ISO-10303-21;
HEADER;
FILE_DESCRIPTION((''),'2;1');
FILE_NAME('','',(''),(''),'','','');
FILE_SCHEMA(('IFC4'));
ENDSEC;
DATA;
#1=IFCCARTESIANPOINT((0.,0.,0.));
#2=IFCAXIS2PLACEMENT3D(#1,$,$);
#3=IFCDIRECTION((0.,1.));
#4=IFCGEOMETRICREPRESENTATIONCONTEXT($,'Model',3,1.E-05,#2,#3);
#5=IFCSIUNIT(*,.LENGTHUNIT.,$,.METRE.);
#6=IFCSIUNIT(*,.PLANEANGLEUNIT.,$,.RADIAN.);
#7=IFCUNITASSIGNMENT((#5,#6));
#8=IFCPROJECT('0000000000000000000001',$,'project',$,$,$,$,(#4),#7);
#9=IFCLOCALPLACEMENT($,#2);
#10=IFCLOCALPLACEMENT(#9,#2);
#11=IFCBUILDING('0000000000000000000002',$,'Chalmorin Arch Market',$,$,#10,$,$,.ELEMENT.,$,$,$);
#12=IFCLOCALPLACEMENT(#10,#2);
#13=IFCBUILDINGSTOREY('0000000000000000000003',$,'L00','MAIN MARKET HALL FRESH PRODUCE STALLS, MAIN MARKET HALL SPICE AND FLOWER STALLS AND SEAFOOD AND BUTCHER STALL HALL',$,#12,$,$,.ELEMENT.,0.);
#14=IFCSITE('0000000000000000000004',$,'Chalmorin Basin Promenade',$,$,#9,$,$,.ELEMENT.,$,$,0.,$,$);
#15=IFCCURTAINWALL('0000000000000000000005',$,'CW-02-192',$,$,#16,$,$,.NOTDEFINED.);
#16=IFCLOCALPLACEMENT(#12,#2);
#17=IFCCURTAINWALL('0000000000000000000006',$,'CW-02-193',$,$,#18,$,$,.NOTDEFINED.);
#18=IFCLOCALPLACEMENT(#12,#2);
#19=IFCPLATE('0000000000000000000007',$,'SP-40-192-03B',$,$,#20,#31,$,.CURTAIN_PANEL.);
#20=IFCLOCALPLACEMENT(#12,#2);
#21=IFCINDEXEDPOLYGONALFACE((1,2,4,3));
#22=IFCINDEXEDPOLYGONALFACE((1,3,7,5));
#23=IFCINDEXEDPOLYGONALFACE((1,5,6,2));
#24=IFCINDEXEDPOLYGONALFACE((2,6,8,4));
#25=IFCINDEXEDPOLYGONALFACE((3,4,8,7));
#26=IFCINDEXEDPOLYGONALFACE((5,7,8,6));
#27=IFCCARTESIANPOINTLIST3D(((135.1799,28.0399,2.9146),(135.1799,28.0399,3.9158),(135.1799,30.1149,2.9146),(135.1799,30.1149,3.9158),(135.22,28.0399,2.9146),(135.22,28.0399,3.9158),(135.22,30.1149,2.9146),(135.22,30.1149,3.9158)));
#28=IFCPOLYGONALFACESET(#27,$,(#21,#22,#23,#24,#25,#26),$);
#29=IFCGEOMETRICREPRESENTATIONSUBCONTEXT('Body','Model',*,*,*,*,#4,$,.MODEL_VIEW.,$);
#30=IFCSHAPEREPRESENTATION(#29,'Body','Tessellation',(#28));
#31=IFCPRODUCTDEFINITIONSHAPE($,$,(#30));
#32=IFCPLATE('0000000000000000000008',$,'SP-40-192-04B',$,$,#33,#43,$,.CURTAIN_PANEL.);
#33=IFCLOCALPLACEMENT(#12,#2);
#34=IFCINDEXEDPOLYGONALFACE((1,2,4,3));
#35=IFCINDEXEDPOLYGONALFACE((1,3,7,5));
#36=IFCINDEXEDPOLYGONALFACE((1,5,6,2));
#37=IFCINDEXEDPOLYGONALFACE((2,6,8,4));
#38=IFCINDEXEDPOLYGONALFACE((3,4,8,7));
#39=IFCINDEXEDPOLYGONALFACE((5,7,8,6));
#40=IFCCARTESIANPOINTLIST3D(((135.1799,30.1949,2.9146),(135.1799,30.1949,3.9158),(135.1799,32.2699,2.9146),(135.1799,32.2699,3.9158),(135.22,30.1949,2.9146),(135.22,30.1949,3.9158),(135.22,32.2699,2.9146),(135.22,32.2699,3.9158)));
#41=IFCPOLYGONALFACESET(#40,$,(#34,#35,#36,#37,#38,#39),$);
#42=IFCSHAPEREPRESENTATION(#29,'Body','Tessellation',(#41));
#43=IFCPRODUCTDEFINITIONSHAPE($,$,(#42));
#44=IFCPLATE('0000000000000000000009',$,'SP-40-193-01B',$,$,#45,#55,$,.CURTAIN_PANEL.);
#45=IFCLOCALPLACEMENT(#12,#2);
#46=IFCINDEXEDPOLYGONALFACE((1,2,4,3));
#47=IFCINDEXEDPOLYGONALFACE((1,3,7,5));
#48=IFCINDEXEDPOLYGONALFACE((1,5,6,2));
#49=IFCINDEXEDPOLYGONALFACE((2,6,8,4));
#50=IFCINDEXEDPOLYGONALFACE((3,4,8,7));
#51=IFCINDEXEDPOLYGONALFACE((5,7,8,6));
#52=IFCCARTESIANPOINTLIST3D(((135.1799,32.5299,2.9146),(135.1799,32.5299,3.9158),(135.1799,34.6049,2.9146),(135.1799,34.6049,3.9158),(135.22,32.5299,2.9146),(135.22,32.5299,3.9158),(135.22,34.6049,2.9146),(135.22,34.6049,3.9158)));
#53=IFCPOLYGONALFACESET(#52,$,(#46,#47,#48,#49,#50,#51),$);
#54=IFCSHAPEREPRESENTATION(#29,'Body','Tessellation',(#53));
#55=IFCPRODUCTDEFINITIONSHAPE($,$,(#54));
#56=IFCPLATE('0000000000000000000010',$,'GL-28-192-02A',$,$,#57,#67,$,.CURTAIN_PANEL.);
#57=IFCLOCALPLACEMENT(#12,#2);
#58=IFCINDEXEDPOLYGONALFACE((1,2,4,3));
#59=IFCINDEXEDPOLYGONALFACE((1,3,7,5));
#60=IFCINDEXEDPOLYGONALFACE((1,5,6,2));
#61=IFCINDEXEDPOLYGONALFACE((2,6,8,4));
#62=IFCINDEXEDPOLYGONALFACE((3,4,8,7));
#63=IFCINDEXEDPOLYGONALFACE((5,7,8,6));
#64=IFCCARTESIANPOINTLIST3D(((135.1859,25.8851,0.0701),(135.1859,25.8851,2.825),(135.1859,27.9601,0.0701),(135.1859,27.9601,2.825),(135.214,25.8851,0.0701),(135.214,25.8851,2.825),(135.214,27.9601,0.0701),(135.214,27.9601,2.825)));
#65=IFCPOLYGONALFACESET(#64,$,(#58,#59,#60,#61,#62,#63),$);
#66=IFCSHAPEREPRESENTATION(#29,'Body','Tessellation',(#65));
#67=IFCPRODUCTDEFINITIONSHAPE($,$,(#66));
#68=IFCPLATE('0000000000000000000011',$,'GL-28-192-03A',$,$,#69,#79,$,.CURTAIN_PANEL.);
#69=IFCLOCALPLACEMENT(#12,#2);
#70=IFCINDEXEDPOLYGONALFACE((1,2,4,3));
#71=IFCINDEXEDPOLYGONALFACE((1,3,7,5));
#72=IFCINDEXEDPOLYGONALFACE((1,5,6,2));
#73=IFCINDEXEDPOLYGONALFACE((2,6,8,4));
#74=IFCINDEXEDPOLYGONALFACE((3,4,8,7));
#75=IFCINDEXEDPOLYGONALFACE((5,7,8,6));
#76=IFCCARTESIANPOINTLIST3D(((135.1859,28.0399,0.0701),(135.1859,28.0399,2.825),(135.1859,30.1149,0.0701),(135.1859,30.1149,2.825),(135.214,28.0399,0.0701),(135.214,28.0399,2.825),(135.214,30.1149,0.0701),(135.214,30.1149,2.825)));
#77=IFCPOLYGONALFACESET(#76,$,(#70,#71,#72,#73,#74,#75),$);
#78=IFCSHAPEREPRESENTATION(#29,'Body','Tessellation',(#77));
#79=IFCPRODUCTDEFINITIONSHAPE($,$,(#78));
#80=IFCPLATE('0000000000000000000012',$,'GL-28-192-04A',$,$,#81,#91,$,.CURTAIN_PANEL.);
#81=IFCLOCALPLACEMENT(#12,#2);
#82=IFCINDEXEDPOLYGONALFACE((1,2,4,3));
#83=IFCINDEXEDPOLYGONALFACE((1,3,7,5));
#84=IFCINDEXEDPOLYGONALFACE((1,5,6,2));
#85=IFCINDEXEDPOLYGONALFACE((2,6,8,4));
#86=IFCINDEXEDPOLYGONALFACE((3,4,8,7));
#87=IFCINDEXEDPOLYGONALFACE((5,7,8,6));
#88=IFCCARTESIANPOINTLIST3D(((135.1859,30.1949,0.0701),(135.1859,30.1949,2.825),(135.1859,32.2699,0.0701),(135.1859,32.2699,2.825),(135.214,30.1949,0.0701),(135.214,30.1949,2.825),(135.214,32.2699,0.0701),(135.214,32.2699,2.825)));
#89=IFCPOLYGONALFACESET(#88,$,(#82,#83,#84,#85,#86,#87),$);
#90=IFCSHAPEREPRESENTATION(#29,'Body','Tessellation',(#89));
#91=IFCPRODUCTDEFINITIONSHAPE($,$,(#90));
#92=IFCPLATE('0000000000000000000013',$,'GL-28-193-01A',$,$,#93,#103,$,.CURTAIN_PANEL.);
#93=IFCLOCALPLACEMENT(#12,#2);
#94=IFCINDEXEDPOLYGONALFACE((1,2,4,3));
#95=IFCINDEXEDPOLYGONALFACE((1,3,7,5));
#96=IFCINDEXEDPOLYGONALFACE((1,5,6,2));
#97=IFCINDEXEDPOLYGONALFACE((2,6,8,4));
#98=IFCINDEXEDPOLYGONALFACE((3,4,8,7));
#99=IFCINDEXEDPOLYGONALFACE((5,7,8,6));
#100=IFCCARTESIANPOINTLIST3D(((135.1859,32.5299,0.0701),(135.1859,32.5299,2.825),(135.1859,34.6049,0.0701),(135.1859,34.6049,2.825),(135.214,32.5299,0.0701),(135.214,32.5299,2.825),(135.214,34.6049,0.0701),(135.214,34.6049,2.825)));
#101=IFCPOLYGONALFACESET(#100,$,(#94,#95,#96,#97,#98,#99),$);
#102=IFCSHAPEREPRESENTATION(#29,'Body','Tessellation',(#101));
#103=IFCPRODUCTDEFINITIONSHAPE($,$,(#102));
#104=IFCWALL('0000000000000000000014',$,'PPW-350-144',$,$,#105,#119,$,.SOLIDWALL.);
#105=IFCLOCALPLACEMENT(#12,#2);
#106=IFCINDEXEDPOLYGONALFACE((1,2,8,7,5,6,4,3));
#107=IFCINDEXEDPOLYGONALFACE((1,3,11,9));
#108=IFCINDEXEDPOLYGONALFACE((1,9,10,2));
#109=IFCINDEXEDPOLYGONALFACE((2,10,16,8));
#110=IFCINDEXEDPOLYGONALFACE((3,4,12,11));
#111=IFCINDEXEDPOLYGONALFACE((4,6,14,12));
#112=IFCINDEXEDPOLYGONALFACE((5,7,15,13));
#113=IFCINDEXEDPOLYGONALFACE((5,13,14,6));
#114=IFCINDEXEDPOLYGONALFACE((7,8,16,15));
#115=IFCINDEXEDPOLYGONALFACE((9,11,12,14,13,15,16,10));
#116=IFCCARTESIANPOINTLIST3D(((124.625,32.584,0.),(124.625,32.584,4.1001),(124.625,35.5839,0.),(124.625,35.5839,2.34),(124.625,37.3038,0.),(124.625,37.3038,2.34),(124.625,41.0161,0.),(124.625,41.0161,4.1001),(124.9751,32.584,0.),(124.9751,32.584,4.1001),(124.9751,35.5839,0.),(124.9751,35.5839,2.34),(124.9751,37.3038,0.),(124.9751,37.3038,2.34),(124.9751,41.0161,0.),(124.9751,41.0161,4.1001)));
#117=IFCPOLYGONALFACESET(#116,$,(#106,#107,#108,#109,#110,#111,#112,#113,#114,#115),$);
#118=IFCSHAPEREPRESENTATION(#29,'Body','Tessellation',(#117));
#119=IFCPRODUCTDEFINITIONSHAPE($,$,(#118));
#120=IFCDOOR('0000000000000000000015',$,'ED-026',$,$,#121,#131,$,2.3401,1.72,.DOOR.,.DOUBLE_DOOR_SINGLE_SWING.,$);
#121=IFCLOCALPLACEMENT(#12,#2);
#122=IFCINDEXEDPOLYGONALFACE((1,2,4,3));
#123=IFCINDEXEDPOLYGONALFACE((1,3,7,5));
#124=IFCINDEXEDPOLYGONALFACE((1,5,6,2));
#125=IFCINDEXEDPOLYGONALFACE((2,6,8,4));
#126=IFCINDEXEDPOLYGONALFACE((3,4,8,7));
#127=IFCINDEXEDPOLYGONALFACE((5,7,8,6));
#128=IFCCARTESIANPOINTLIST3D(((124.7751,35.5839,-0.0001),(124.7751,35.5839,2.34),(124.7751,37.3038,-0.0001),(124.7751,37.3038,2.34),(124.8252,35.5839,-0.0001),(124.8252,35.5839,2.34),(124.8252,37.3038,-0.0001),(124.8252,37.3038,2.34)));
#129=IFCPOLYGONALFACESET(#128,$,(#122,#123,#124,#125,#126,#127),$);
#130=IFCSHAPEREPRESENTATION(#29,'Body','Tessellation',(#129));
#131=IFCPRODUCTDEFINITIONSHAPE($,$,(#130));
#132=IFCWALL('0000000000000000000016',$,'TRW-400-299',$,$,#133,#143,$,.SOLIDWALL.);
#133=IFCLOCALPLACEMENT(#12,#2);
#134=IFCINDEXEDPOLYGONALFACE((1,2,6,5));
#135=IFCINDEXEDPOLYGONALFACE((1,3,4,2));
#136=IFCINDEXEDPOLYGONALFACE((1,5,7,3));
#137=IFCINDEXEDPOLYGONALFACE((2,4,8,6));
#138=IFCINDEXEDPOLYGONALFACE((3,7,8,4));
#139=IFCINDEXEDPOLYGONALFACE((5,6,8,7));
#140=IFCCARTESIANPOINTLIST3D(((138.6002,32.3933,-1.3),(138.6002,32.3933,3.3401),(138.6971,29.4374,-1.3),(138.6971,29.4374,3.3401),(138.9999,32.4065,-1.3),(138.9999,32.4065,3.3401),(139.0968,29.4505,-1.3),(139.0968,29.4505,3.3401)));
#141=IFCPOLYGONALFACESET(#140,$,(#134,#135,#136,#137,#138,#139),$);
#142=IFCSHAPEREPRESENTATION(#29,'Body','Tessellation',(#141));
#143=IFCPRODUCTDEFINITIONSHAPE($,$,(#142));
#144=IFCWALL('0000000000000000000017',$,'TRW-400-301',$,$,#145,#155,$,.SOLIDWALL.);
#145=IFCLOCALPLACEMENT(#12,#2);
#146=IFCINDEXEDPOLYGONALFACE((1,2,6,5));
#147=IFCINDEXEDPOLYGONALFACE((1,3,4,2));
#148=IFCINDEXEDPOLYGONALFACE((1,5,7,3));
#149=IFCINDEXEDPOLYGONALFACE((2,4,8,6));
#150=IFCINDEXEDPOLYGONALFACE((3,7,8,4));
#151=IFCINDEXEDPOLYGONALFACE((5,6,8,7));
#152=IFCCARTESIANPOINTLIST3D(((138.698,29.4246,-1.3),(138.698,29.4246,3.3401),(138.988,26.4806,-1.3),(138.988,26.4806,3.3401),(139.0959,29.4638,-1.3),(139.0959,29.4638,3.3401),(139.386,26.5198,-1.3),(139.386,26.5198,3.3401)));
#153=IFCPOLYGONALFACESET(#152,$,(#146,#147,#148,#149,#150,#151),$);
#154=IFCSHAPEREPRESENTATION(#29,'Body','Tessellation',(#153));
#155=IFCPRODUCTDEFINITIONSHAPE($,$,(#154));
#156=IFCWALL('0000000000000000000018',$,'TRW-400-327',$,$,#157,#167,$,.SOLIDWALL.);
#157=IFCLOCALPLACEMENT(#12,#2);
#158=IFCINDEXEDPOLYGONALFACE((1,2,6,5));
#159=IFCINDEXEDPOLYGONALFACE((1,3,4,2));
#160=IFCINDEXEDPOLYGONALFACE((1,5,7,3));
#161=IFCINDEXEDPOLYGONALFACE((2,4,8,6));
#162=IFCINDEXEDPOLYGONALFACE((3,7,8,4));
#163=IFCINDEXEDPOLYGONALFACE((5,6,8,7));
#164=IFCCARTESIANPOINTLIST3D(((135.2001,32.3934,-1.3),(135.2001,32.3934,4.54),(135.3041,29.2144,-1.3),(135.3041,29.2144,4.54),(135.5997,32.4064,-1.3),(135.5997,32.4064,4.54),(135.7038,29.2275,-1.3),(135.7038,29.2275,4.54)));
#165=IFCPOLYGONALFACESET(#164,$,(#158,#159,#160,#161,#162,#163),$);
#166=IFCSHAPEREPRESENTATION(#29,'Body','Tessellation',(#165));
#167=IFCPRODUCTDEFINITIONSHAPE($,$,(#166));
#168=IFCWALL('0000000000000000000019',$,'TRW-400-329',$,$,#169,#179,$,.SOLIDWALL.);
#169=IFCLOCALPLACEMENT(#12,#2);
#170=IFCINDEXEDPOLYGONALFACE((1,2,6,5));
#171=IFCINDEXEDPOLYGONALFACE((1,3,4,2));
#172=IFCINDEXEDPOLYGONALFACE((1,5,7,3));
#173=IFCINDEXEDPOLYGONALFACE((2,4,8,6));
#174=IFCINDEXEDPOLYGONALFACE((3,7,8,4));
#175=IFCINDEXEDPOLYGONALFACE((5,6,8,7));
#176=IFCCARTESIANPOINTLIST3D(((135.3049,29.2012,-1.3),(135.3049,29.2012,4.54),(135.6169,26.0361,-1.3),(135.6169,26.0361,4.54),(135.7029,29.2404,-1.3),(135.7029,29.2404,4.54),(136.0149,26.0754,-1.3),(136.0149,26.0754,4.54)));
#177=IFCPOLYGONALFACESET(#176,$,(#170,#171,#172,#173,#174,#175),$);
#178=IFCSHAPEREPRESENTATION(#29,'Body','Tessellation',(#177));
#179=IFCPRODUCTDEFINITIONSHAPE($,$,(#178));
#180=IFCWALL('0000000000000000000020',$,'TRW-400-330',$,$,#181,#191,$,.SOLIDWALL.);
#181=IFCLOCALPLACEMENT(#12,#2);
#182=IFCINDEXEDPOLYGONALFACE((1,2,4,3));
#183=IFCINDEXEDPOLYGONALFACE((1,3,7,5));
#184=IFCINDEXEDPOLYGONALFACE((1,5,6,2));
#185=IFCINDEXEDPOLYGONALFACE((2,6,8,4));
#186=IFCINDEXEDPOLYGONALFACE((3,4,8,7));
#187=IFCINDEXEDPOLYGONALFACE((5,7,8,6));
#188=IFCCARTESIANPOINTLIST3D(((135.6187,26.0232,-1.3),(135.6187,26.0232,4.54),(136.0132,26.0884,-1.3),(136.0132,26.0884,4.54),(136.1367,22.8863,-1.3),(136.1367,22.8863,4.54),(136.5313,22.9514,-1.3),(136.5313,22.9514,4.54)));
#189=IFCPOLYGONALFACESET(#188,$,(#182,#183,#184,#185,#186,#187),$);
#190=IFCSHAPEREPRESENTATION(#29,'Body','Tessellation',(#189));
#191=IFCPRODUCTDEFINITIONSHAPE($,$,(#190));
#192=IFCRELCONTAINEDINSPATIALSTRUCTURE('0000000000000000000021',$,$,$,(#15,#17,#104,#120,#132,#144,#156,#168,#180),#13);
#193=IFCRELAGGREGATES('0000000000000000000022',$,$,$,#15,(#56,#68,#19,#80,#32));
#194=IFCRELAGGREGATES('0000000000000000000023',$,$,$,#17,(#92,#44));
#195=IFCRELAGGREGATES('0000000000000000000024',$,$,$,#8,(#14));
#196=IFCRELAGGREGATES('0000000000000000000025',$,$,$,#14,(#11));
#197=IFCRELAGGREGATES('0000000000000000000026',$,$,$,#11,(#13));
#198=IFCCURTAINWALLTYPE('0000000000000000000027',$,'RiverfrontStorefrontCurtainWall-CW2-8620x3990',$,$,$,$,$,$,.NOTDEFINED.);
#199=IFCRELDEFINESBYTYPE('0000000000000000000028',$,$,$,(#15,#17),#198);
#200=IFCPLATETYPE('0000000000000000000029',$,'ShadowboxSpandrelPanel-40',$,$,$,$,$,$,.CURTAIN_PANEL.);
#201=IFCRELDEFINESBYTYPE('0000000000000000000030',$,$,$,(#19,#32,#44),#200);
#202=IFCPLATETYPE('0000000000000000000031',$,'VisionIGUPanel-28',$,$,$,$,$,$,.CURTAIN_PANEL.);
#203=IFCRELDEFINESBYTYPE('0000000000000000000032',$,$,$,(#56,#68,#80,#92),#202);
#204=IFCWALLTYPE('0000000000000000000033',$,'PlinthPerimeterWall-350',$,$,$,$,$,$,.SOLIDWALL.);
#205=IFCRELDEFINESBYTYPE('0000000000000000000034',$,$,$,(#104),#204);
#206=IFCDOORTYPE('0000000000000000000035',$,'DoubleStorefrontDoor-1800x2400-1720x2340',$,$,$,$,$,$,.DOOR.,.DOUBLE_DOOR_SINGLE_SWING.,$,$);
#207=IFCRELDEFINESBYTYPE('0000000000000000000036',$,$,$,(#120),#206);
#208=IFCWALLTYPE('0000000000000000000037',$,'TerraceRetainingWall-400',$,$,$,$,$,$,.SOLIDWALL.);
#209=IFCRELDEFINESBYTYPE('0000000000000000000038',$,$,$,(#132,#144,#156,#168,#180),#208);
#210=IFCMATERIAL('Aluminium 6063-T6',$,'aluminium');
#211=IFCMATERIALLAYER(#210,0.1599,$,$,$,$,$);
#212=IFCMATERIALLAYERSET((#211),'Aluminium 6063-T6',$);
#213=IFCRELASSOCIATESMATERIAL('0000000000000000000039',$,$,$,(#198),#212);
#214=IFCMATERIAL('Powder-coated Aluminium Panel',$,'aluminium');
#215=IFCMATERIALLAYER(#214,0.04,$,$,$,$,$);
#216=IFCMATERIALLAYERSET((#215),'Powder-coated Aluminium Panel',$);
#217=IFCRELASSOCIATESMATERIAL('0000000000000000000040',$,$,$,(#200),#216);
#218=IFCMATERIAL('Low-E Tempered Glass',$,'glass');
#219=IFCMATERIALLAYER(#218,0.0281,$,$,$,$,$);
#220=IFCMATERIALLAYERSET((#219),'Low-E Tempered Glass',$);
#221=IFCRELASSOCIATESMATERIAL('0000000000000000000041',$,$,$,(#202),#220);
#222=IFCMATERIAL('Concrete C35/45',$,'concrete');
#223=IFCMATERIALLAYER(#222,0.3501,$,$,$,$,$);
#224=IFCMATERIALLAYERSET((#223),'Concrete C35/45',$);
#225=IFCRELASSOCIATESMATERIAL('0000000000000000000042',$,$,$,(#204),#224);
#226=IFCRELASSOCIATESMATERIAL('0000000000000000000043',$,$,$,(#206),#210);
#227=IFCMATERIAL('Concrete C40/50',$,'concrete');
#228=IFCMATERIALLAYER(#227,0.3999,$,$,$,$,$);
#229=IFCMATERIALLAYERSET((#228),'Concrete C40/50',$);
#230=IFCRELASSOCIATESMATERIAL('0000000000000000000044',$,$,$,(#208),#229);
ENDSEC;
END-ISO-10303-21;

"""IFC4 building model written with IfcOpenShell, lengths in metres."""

from ifc_helpers import new_model, si_unit, direction, frame, frame_2d, origin, origin_2d, place, context, subcontext, project, spatial, rectangle, extrude, material, layer, layer_set, type_object, element, fill, aggregate, save


model = new_model("IFC4")

# Units and contexts
model_context = context("Model", 3, precision=1e-05, world=origin(), true_north=direction((0.0, 1.0)))
body_context = subcontext(model_context, "Body", "Model", "MODEL_VIEW")
ifc_project = project(units=[si_unit("LENGTHUNIT", "METRE"), si_unit("PLANEANGLEUNIT", "RADIAN")], contexts=[model_context])

# Site, building, storey
site_placement = place(None, origin())
site = spatial("IfcSite", under=ifc_project, at=site_placement, Name="Chalmorin Basin Promenade", CompositionType="ELEMENT", RefElevation=0.0)
building_placement = place(site_placement, origin())
building = spatial("IfcBuilding", under=site, at=building_placement, Name="Chalmorin Arch Market", CompositionType="ELEMENT")
storey_placement = place(building_placement, origin())
storey = spatial("IfcBuildingStorey", under=building, at=storey_placement, Name="L00", Description="MAIN MARKET HALL FRESH PRODUCE STALLS, MAIN MARKET HALL SPICE AND FLOWER STALLS AND SEAFOOD AND BUTCHER STALL HALL", CompositionType="ELEMENT", Elevation=0.0)

# Shared definitions
ifc_material_1 = material(Name="Concrete C40/50", Category="concrete")

# Curtain walls
ifc_material_2 = material(Name="Aluminium 6063-T6", Category="aluminium")
ifc_layer_1 = layer(ifc_material_2, 0.1599)
ifc_layer_set_1 = layer_set([ifc_layer_1], Name="Aluminium 6063-T6")
curtain_wall_type = type_object("IfcCurtainWallType", Name="RiverfrontStorefrontCurtainWall-CW2-8620x3990", PredefinedType="NOTDEFINED", material=ifc_layer_set_1)
curtain_wall_1_placement = place(storey_placement, origin())
curtain_wall_1 = element("IfcCurtainWall", 1, at=curtain_wall_1_placement, inside=storey, type_object=curtain_wall_type, Name="CW-02-192", PredefinedType="NOTDEFINED")
curtain_wall_2_placement = place(storey_placement, origin())
curtain_wall_2 = element("IfcCurtainWall", 2, at=curtain_wall_2_placement, inside=storey, type_object=curtain_wall_type, Name="CW-02-193", PredefinedType="NOTDEFINED")

# Plates
ifc_material_3 = material(Name="Powder-coated Aluminium Panel", Category="aluminium")
ifc_layer_2 = layer(ifc_material_3, 0.04)
ifc_layer_set_2 = layer_set([ifc_layer_2], Name="Powder-coated Aluminium Panel")
plate_type_1 = type_object("IfcPlateType", Name="ShadowboxSpandrelPanel-40", PredefinedType="CURTAIN_PANEL", material=ifc_layer_set_2)
plate_1_placement = place(storey_placement, frame((135.2, 29.0774, 2.9146), z_axis=(0.0, 0.0, 1.0), x_axis=(0.0, 1.0, 0.0)))
plate_1 = element("IfcPlate", 3, at=plate_1_placement, type_object=plate_type_1, Name="SP-40-192-03B", PredefinedType="CURTAIN_PANEL", context=body_context, shape_type="SweptSolid", body=[
    extrude(rectangle(XDim=2.075, YDim=0.04, at=origin_2d()), origin(), (0.0, 0.0, 1.0), 1.0012),
])
plate_2_placement = place(storey_placement, frame((135.2, 31.2324, 2.9146), z_axis=(0.0, 0.0, 1.0), x_axis=(0.0, 1.0, 0.0)))
plate_2 = element("IfcPlate", 4, at=plate_2_placement, type_object=plate_type_1, Name="SP-40-192-04B", PredefinedType="CURTAIN_PANEL", context=body_context, shape_type="SweptSolid", body=[
    extrude(rectangle(XDim=2.075, YDim=0.04, at=origin_2d()), origin(), (0.0, 0.0, 1.0), 1.0012),
])
plate_3_placement = place(storey_placement, frame((135.2, 33.5674, 2.9146), z_axis=(0.0, 0.0, 1.0), x_axis=(0.0, 1.0, 0.0)))
plate_3 = element("IfcPlate", 5, at=plate_3_placement, type_object=plate_type_1, Name="SP-40-193-01B", PredefinedType="CURTAIN_PANEL", context=body_context, shape_type="SweptSolid", body=[
    extrude(rectangle(XDim=2.075, YDim=0.04, at=origin_2d()), origin(), (0.0, 0.0, 1.0), 1.0012),
])
ifc_material_4 = material(Name="Low-E Tempered Glass", Category="glass")
ifc_layer_3 = layer(ifc_material_4, 0.0281)
ifc_layer_set_3 = layer_set([ifc_layer_3], Name="Low-E Tempered Glass")
plate_type_2 = type_object("IfcPlateType", Name="VisionIGUPanel-28", PredefinedType="CURTAIN_PANEL", material=ifc_layer_set_3)
plate_4_placement = place(storey_placement, frame((135.2, 26.9226, 0.0701), z_axis=(0.0, 0.0, 1.0), x_axis=(0.0, 1.0, 0.0)))
plate_4 = element("IfcPlate", 6, at=plate_4_placement, type_object=plate_type_2, Name="GL-28-192-02A", PredefinedType="CURTAIN_PANEL", context=body_context, shape_type="SweptSolid", body=[
    extrude(rectangle(XDim=2.075, YDim=0.0281, at=origin_2d()), origin(), (0.0, 0.0, 1.0), 2.7549),
])
plate_5_placement = place(storey_placement, frame((135.2, 29.0774, 0.0701), z_axis=(0.0, 0.0, 1.0), x_axis=(0.0, 1.0, 0.0)))
plate_5 = element("IfcPlate", 7, at=plate_5_placement, type_object=plate_type_2, Name="GL-28-192-03A", PredefinedType="CURTAIN_PANEL", context=body_context, shape_type="SweptSolid", body=[
    extrude(rectangle(XDim=2.075, YDim=0.0281, at=origin_2d()), origin(), (0.0, 0.0, 1.0), 2.7549),
])
plate_6_placement = place(storey_placement, frame((135.2, 31.2324, 0.0701), z_axis=(0.0, 0.0, 1.0), x_axis=(0.0, 1.0, 0.0)))
plate_6 = element("IfcPlate", 8, at=plate_6_placement, type_object=plate_type_2, Name="GL-28-192-04A", PredefinedType="CURTAIN_PANEL", context=body_context, shape_type="SweptSolid", body=[
    extrude(rectangle(XDim=2.075, YDim=0.0281, at=origin_2d()), origin(), (0.0, 0.0, 1.0), 2.7549),
])
aggregate(curtain_wall_1, [plate_4, plate_5, plate_1, plate_6, plate_2])
plate_7_placement = place(storey_placement, frame((135.2, 33.5674, 0.0701), z_axis=(0.0, 0.0, 1.0), x_axis=(0.0, 1.0, 0.0)))
plate_7 = element("IfcPlate", 9, at=plate_7_placement, type_object=plate_type_2, Name="GL-28-193-01A", PredefinedType="CURTAIN_PANEL", context=body_context, shape_type="SweptSolid", body=[
    extrude(rectangle(XDim=2.075, YDim=0.0281, at=origin_2d()), origin(), (0.0, 0.0, 1.0), 2.7549),
])
aggregate(curtain_wall_2, [plate_7, plate_3])

# Wall, opening, door
ifc_material_5 = material(Name="Concrete C35/45", Category="concrete")
ifc_layer_4 = layer(ifc_material_5, 0.3501)
ifc_layer_set_4 = layer_set([ifc_layer_4], Name="Concrete C35/45")
wall_type_1 = type_object("IfcWallType", Name="PlinthPerimeterWall-350", PredefinedType="SOLIDWALL", material=ifc_layer_set_4)
wall_1_placement = place(storey_placement, frame((124.8, 32.584, 0.0), z_axis=(0.0, 0.0, 1.0), x_axis=(0.0, 1.0, 0.0)))
wall_1 = element("IfcWall", 10, at=wall_1_placement, inside=storey, type_object=wall_type_1, Name="PPW-350-144", PredefinedType="SOLIDWALL", context=body_context, shape_type="SweptSolid", body=[
    extrude(rectangle(XDim=8.4321, YDim=0.3501, at=frame_2d((4.2161, 0.0))), origin(), (0.0, 0.0, 1.0), 4.1001),
])
opening_placement = place(wall_1_placement, frame((3.0, 0.0, 0.0)))
opening = element("IfcOpeningElement", 11, at=opening_placement, cuts=wall_1, PredefinedType="OPENING", context=body_context, shape_type="SweptSolid", body=[
    extrude(rectangle(XDim=1.72, YDim=2.3401, at=frame_2d((0.8599, 1.1699))), frame((0.0, 0.1851, 0.0), z_axis=(0.0, -1.0, 0.0), x_axis=(1.0, 0.0, 0.0)), (0.0, 0.0, 1.0), 0.3701),
])
door_type = type_object("IfcDoorType", Name="DoubleStorefrontDoor-1800x2400-1720x2340", OperationType="DOUBLE_DOOR_SINGLE_SWING", PredefinedType="DOOR", material=ifc_material_2)
door_placement = place(opening_placement, origin())
door = element("IfcDoor", 12, at=door_placement, inside=storey, type_object=door_type, Name="ED-026", OperationType="DOUBLE_DOOR_SINGLE_SWING", OverallHeight=2.3401, OverallWidth=1.72, PredefinedType="DOOR", context=body_context, shape_type="SweptSolid", body=[
    extrude(rectangle(XDim=1.72, YDim=2.3401, at=frame_2d((0.8599, 1.1699))), frame((0.0, 0.0249, 0.0), z_axis=(0.0, -1.0, 0.0), x_axis=(1.0, 0.0, 0.0)), (0.0, 0.0, 1.0), 0.05),
])
fill(opening, door)

# Walls
ifc_layer_5 = layer(ifc_material_1, 0.3999)
ifc_layer_set_5 = layer_set([ifc_layer_5], Name="Concrete C40/50")
wall_type_2 = type_object("IfcWallType", Name="TerraceRetainingWall-400", PredefinedType="SOLIDWALL", material=ifc_layer_set_5)
wall_2_placement = place(storey_placement, frame((138.8, 32.3999, -1.3), z_axis=(0.0, 0.0, 1.0), x_axis=(0.032773, -0.999463, 0.0)))
element("IfcWall", 13, at=wall_2_placement, inside=storey, type_object=wall_type_2, Name="TRW-400-299", PredefinedType="SOLIDWALL", context=body_context, shape_type="SweptSolid", body=[
    extrude(rectangle(XDim=2.9575, YDim=0.3999, at=frame_2d((1.4788, 0.0))), origin(), (0.0, 0.0, 1.0), 4.6401),
])
wall_3_placement = place(storey_placement, frame((138.897, 29.4441, -1.3), z_axis=(0.0, 0.0, 1.0), x_axis=(0.098041, -0.995182, 0.0)))
element("IfcWall", 14, at=wall_3_placement, inside=storey, type_object=wall_type_2, Name="TRW-400-301", PredefinedType="SOLIDWALL", context=body_context, shape_type="SweptSolid", body=[
    extrude(rectangle(XDim=2.9583, YDim=0.3999, at=frame_2d((1.479, 0.0))), origin(), (0.0, 0.0, 1.0), 4.6401),
])
wall_4_placement = place(storey_placement, frame((135.3999, 32.3999, -1.3), z_axis=(0.0, 0.0, 1.0), x_axis=(0.032699, -0.999465, 0.0)))
element("IfcWall", 15, at=wall_4_placement, inside=storey, type_object=wall_type_2, Name="TRW-400-327", PredefinedType="SOLIDWALL", context=body_context, shape_type="SweptSolid", body=[
    extrude(rectangle(XDim=3.1807, YDim=0.3999, at=frame_2d((1.5903, 0.0))), origin(), (0.0, 0.0, 1.0), 5.8401),
])
wall_5_placement = place(storey_placement, frame((135.5039, 29.2209, -1.3), z_axis=(0.0, 0.0, 1.0), x_axis=(0.098105, -0.995176, 0.0)))
element("IfcWall", 16, at=wall_5_placement, inside=storey, type_object=wall_type_2, Name="TRW-400-329", PredefinedType="SOLIDWALL", context=body_context, shape_type="SweptSolid", body=[
    extrude(rectangle(XDim=3.1804, YDim=0.3999, at=frame_2d((1.5903, 0.0))), origin(), (0.0, 0.0, 1.0), 5.8401),
])
wall_6_placement = place(storey_placement, frame((135.8159, 26.0559, -1.3), z_axis=(0.0, 0.0, 1.0), x_axis=(0.162942, -0.986636, 0.0)))
element("IfcWall", 17, at=wall_6_placement, inside=storey, type_object=wall_type_2, Name="TRW-400-330", PredefinedType="SOLIDWALL", context=body_context, shape_type="SweptSolid", body=[
    extrude(rectangle(XDim=3.1794, YDim=0.3999, at=frame_2d((1.5898, 0.0))), origin(), (0.0, 0.0, 1.0), 5.8401),
])

save(model, "model.ifc")
